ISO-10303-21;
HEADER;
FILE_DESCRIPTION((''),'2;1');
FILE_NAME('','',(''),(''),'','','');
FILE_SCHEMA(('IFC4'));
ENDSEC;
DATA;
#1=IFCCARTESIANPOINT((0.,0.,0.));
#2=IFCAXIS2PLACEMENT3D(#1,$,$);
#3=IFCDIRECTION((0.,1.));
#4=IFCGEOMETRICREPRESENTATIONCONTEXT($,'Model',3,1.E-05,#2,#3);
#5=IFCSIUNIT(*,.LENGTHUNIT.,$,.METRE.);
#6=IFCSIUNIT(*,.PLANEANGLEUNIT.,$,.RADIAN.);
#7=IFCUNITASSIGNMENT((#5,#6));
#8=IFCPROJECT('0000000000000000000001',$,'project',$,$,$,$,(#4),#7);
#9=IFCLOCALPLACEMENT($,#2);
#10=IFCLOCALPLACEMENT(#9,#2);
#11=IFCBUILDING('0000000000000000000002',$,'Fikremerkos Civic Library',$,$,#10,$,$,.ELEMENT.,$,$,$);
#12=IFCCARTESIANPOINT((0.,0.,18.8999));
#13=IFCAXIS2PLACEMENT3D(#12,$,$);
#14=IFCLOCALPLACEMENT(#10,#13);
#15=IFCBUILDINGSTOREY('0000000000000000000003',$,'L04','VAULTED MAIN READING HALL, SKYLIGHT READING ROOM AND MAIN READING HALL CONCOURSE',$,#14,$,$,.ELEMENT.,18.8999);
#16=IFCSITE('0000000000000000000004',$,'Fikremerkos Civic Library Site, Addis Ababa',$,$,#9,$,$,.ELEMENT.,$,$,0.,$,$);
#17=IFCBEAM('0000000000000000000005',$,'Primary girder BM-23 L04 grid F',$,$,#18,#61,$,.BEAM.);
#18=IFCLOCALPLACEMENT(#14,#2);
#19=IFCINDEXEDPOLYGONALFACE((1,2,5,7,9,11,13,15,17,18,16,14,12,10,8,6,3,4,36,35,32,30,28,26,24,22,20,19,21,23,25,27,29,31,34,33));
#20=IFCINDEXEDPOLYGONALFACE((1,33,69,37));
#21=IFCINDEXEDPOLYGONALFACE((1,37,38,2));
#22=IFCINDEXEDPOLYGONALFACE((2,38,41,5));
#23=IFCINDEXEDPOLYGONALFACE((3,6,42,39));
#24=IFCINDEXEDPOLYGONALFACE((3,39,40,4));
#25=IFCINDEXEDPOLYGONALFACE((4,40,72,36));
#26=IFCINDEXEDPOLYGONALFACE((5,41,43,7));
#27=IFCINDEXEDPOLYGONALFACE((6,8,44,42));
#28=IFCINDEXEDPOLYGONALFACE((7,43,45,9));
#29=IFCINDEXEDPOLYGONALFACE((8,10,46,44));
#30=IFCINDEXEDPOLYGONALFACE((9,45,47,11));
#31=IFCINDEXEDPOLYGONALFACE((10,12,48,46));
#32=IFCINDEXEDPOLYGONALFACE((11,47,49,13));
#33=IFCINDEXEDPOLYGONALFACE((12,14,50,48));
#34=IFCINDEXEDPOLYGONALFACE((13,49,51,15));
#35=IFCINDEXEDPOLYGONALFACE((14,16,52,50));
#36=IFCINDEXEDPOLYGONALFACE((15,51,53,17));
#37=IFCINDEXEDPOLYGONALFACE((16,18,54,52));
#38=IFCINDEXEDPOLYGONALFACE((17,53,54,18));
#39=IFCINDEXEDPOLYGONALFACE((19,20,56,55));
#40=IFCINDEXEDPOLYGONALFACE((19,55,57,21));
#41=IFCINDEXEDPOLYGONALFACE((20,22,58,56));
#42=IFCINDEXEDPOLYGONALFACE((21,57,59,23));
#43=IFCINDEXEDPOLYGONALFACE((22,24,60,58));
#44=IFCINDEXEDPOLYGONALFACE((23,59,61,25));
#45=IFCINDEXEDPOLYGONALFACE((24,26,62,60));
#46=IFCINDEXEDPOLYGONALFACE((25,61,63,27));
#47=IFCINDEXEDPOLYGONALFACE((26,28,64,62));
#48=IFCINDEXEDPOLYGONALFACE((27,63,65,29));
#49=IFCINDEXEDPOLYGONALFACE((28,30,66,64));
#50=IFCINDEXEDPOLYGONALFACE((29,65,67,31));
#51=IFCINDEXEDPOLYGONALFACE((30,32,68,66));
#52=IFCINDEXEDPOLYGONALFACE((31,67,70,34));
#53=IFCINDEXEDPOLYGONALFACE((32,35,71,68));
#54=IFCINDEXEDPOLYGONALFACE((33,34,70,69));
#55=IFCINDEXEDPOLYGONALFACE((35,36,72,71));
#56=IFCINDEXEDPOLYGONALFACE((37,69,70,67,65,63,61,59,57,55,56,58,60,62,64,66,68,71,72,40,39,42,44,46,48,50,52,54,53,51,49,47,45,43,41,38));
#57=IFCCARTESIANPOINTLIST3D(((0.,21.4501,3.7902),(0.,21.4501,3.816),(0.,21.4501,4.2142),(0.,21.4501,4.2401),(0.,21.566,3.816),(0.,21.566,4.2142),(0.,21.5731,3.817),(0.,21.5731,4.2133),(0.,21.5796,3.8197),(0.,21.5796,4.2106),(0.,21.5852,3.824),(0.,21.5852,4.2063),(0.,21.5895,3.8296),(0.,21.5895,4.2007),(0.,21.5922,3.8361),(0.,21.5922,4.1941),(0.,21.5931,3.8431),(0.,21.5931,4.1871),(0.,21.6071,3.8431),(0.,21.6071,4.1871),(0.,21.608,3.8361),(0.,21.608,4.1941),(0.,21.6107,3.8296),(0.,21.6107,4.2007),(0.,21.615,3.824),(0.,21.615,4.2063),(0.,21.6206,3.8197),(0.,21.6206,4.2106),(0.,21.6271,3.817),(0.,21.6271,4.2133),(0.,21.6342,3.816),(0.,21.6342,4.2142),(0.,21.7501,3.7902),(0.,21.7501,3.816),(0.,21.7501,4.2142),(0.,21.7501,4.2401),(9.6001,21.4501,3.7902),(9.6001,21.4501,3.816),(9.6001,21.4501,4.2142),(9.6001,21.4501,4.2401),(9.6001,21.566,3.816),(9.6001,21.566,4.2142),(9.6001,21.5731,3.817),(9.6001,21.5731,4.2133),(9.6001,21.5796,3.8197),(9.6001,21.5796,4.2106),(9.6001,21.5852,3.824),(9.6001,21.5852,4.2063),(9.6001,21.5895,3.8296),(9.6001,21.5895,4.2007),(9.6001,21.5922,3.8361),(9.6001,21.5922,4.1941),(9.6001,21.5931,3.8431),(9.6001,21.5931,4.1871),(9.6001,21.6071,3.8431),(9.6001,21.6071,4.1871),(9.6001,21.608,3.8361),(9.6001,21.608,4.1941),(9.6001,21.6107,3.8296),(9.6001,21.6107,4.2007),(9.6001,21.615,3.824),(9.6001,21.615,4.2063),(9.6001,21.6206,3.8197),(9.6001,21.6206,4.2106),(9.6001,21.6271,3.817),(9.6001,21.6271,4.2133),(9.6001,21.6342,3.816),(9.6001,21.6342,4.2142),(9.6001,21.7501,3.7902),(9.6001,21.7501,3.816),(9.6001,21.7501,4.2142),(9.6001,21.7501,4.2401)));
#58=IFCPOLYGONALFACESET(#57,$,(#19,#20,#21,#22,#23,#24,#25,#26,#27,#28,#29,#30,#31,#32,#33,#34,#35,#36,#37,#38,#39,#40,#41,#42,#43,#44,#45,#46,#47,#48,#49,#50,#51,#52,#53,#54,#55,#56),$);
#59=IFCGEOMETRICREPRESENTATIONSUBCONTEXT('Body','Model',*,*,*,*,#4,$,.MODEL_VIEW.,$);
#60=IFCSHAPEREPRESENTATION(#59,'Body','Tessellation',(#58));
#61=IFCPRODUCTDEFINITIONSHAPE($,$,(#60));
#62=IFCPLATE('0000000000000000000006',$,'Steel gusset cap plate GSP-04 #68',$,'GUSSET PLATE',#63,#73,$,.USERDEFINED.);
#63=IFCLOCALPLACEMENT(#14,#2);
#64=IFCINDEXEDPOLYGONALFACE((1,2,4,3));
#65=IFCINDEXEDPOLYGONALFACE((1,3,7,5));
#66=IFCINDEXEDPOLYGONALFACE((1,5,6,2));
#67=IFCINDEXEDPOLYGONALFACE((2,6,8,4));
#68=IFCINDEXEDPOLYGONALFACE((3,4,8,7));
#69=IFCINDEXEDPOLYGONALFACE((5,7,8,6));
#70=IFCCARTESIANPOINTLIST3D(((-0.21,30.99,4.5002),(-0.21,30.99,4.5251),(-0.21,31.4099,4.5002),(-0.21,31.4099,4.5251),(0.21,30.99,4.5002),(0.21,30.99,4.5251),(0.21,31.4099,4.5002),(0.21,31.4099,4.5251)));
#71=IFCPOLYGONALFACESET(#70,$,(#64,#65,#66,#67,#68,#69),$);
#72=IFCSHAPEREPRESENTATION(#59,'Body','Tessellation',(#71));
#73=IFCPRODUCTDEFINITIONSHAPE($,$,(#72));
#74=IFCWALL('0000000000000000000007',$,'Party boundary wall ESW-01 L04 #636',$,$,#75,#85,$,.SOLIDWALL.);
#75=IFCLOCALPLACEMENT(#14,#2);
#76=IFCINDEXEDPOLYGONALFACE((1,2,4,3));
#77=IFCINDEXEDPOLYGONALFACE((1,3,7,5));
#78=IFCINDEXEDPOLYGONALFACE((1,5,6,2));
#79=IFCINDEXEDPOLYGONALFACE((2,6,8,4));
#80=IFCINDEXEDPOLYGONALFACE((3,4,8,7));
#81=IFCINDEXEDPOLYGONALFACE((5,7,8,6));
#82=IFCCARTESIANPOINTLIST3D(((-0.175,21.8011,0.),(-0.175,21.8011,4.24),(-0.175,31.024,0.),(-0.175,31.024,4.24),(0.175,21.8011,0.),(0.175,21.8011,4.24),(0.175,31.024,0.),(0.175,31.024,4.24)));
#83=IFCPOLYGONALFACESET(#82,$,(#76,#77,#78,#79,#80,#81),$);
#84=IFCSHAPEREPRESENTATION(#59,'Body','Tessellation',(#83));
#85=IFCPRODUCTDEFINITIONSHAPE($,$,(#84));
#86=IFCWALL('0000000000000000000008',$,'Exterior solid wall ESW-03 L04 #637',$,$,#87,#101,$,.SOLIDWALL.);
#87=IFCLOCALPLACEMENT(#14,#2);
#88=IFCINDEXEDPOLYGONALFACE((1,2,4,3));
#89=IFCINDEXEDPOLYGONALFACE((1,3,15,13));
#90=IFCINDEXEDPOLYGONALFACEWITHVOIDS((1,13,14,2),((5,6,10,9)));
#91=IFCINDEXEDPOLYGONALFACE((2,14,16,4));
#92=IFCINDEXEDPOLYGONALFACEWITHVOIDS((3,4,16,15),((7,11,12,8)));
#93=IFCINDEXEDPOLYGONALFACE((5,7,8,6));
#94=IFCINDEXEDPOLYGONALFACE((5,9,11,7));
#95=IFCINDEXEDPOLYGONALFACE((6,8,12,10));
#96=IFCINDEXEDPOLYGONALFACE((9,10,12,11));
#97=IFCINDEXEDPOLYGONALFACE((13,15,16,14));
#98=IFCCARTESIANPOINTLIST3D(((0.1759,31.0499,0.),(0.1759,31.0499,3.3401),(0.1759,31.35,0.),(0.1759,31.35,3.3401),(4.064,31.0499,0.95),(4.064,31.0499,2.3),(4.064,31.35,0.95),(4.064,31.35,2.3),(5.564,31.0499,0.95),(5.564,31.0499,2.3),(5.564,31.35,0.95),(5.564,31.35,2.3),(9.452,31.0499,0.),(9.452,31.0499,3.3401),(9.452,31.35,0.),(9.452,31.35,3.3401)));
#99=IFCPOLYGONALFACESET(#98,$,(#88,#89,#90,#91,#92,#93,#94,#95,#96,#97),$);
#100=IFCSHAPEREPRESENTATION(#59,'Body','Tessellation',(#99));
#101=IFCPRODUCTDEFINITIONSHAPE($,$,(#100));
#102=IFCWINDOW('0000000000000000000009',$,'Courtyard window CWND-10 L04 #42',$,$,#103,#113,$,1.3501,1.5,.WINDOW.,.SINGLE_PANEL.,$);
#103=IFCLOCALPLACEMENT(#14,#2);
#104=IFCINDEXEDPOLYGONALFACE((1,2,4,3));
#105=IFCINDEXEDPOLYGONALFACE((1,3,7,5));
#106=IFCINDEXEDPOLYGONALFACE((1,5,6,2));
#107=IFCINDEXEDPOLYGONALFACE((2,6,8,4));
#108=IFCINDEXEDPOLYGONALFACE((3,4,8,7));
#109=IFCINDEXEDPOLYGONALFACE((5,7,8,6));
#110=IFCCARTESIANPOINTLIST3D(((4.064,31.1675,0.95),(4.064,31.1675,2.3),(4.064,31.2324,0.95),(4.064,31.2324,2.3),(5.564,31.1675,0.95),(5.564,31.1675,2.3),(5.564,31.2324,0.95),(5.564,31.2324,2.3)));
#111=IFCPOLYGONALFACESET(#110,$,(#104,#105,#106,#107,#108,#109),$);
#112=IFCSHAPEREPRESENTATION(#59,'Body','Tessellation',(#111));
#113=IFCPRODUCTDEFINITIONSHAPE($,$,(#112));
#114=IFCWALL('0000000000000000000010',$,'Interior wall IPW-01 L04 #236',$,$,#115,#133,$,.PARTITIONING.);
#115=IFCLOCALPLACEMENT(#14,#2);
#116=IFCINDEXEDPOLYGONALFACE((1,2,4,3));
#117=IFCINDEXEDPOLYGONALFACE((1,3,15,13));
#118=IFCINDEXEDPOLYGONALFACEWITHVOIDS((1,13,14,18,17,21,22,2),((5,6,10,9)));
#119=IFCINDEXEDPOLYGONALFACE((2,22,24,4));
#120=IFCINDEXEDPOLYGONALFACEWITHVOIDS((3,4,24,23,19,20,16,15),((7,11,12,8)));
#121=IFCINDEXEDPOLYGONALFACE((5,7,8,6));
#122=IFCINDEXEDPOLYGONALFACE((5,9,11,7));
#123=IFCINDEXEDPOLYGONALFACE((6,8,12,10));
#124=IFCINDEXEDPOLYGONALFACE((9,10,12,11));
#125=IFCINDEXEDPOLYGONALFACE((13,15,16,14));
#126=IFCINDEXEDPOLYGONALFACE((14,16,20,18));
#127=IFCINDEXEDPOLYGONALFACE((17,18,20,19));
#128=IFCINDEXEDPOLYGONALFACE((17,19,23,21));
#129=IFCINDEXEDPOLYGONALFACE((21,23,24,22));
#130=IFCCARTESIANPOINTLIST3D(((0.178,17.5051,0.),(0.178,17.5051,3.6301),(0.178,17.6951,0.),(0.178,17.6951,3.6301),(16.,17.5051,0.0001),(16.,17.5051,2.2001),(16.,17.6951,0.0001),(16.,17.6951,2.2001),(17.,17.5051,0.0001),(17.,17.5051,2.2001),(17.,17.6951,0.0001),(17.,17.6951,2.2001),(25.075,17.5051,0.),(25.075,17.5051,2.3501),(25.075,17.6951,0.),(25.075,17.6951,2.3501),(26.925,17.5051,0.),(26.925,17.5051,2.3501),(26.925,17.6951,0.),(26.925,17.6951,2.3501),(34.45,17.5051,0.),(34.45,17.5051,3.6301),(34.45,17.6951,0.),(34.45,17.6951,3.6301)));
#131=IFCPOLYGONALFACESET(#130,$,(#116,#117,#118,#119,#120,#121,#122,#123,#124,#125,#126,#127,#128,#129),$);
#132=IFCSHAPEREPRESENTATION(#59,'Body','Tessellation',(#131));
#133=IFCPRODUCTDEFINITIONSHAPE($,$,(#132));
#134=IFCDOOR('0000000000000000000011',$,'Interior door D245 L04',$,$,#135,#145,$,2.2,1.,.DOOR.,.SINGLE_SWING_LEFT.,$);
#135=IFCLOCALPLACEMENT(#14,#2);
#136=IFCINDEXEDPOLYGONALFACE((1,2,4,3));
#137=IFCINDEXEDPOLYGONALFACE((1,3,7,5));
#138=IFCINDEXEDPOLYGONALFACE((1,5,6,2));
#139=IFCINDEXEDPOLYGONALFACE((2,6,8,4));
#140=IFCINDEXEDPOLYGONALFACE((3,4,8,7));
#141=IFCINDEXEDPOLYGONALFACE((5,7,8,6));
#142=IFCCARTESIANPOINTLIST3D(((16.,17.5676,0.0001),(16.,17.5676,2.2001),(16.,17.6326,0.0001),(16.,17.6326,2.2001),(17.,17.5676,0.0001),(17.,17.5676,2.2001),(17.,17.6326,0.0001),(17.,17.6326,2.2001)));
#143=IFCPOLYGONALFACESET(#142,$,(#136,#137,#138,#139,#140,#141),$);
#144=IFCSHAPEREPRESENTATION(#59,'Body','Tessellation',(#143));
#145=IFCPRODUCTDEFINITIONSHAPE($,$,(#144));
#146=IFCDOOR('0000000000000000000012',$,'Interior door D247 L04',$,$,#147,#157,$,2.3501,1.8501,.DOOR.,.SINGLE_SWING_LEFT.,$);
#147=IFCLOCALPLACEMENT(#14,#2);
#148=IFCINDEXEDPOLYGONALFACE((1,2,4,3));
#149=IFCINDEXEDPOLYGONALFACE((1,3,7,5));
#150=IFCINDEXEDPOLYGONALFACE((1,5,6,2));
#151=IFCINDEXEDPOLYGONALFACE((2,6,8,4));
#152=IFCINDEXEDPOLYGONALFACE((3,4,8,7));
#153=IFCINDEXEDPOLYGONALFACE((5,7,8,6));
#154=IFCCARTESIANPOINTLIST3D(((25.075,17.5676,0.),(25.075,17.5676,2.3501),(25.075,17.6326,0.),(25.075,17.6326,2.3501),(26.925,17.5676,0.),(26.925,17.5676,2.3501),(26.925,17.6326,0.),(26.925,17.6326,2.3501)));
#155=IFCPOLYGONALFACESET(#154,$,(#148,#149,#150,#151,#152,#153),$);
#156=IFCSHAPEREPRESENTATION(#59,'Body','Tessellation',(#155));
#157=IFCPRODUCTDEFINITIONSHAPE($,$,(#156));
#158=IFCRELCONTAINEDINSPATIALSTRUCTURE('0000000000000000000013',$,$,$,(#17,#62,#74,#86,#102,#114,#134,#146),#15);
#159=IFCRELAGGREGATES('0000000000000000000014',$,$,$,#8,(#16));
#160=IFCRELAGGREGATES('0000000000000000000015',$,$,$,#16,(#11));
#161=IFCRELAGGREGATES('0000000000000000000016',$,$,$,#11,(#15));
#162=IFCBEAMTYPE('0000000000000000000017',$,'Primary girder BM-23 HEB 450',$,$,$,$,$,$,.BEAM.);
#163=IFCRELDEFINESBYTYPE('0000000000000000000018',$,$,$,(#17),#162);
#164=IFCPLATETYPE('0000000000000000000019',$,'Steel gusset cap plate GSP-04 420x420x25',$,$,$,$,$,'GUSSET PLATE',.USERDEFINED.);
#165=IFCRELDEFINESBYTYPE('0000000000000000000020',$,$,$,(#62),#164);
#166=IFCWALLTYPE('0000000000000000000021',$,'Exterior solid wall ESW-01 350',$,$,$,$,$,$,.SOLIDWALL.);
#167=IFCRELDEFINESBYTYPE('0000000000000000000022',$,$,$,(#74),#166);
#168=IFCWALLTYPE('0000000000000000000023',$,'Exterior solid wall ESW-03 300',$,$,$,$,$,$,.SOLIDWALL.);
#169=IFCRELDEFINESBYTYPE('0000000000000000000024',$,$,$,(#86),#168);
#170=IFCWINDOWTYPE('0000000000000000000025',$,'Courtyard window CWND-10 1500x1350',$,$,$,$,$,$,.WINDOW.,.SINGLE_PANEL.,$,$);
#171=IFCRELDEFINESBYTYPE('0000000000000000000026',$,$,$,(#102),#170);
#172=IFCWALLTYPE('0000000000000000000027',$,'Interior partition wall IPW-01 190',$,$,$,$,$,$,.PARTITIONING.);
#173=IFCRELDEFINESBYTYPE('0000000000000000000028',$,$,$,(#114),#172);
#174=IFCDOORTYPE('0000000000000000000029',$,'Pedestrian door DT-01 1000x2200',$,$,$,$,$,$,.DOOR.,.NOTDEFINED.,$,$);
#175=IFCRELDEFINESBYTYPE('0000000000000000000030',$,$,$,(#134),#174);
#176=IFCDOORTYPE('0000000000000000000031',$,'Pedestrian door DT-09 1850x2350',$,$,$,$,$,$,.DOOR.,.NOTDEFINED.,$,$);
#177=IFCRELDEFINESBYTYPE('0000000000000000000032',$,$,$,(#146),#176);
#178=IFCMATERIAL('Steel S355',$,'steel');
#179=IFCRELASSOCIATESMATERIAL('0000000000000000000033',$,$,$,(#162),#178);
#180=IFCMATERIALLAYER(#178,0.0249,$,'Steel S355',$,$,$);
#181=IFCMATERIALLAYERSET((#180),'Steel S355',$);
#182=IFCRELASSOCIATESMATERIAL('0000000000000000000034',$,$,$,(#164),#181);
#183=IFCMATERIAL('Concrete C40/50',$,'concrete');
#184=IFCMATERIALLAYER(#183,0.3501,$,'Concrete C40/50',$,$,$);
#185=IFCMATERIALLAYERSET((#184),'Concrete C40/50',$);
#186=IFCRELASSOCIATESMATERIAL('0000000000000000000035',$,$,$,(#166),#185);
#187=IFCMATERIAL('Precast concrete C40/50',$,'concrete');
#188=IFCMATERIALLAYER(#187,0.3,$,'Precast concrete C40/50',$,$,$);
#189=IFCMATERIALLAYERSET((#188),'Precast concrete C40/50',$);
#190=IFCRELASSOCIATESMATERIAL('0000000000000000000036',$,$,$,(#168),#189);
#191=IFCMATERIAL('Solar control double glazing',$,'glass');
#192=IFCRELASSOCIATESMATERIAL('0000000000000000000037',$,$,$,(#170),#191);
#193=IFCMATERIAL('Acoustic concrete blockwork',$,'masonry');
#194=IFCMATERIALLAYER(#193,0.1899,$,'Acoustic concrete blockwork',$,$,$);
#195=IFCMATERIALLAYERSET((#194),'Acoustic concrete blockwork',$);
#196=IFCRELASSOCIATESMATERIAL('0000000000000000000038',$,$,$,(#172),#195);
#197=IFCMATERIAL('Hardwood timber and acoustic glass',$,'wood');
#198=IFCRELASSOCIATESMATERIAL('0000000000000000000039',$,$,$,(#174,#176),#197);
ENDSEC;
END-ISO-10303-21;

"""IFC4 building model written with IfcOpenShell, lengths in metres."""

from ifc_helpers import new_model, si_unit, direction, frame, frame_2d, origin, origin_2d, place, context, subcontext, project, spatial, rectangle, i_section, extrude, material, layer, layer_set, material_profile, profile_set, type_object, element, fill, save


model = new_model("IFC4")

# Units and contexts
model_context = context("Model", 3, precision=1e-05, world=origin(), true_north=direction((0.0, 1.0)))
body_context = subcontext(model_context, "Body", "Model", "MODEL_VIEW")
ifc_project = project(units=[si_unit("LENGTHUNIT", "METRE"), si_unit("PLANEANGLEUNIT", "RADIAN")], contexts=[model_context])

# Site, building, storey
site_placement = place(None, origin())
site = spatial("IfcSite", under=ifc_project, at=site_placement, Name="Fikremerkos Civic Library Site, Addis Ababa", CompositionType="ELEMENT", RefElevation=0.0)
building_placement = place(site_placement, origin())
building = spatial("IfcBuilding", under=site, at=building_placement, Name="Fikremerkos Civic Library", CompositionType="ELEMENT")
storey_placement = place(building_placement, frame((0.0, 0.0, 18.8999)))
storey = spatial("IfcBuildingStorey", under=building, at=storey_placement, Name="L04", Description="VAULTED MAIN READING HALL, SKYLIGHT READING ROOM AND MAIN READING HALL CONCOURSE", CompositionType="ELEMENT", Elevation=18.8999)

# Shared definitions
ifc_material_1 = material(Name="Steel S355", Category="steel")
ifc_material_2 = material(Name="Concrete C40/50", Category="concrete")

# Beam
ifc_material_profile_1 = material_profile(ifc_material_1, i_section(OverallWidth=0.3, OverallDepth=0.45, WebThickness=0.0139, FlangeThickness=0.0259, FilletRadius=0.0271, at=origin_2d()), Name="HEB 450")
ifc_profile_set_1 = profile_set([ifc_material_profile_1], Name="Steel S355")
beam_type_1 = type_object("IfcBeamType", Name="Primary girder BM-23 HEB 450", PredefinedType="BEAM", material=ifc_profile_set_1)
beam_1_placement = place(storey_placement, frame((0.0, 21.6001, 4.0151), z_axis=(1.0, 0.0, 0.0), x_axis=(0.0, 1.0, 0.0)))
element("IfcBeam", 1, at=beam_1_placement, inside=storey, type_object=beam_type_1, Name="Primary girder BM-23 L04 grid F", PredefinedType="BEAM", context=body_context, shape_type="SweptSolid", body=[
    extrude(i_section(OverallWidth=0.3, OverallDepth=0.45, WebThickness=0.0139, FlangeThickness=0.0259, FilletRadius=0.0271, at=origin_2d()), origin(), (0.0, 0.0, 1.0), 9.6001),
])

# Plate
ifc_layer_1 = layer(ifc_material_1, 0.0249, Name="Steel S355")
ifc_layer_set_1 = layer_set([ifc_layer_1], Name="Steel S355")
plate_type = type_object("IfcPlateType", Name="Steel gusset cap plate GSP-04 420x420x25", ElementType="GUSSET PLATE", PredefinedType="USERDEFINED", material=ifc_layer_set_1)
plate_placement = place(storey_placement, frame((0.0, 31.2, 4.5002), z_axis=(0.0, 0.0, 1.0), x_axis=(1.0, 0.0, 0.0)))
element("IfcPlate", 2, at=plate_placement, inside=storey, type_object=plate_type, Name="Steel gusset cap plate GSP-04 #68", ObjectType="GUSSET PLATE", PredefinedType="USERDEFINED", context=body_context, shape_type="SweptSolid", body=[
    extrude(rectangle(XDim=0.4199, YDim=0.4199, at=origin_2d()), origin(), (0.0, 0.0, 1.0), 0.0249),
])

# Wall
ifc_layer_2 = layer(ifc_material_2, 0.3501, Name="Concrete C40/50")
ifc_layer_set_2 = layer_set([ifc_layer_2], Name="Concrete C40/50")
wall_type_1 = type_object("IfcWallType", Name="Exterior solid wall ESW-01 350", PredefinedType="SOLIDWALL", material=ifc_layer_set_2)
wall_1_placement = place(storey_placement, frame((0.0, 21.8013, 0.0), z_axis=(0.0, 0.0, 1.0), x_axis=(0.0, 1.0, 0.0)))
element("IfcWall", 3, at=wall_1_placement, inside=storey, type_object=wall_type_1, Name="Party boundary wall ESW-01 L04 #636", PredefinedType="SOLIDWALL", context=body_context, shape_type="SweptSolid", body=[
    extrude(rectangle(XDim=9.2229, YDim=0.3501, at=frame_2d((4.6113, 0.0))), origin(), (0.0, 0.0, 1.0), 4.24),
])

# Wall, opening, window
ifc_material_3 = material(Name="Precast concrete C40/50", Category="concrete")
ifc_layer_3 = layer(ifc_material_3, 0.3, Name="Precast concrete C40/50")
ifc_layer_set_3 = layer_set([ifc_layer_3], Name="Precast concrete C40/50")
wall_type_2 = type_object("IfcWallType", Name="Exterior solid wall ESW-03 300", PredefinedType="SOLIDWALL", material=ifc_layer_set_3)
wall_2_placement = place(storey_placement, frame((0.1758, 31.2, 0.0), z_axis=(0.0, 0.0, 1.0), x_axis=(1.0, 0.0, 0.0)))
wall_2 = element("IfcWall", 4, at=wall_2_placement, inside=storey, type_object=wall_type_2, Name="Exterior solid wall ESW-03 L04 #637", PredefinedType="SOLIDWALL", context=body_context, shape_type="SweptSolid", body=[
    extrude(rectangle(XDim=9.2761, YDim=0.3, at=frame_2d((4.6382, 0.0))), origin(), (0.0, 0.0, 1.0), 3.3401),
])
opening_1_placement = place(wall_2_placement, frame((3.8882, 0.0, 0.95)))
opening_1 = element("IfcOpeningElement", 5, at=opening_1_placement, cuts=wall_2, PredefinedType="OPENING", context=body_context, shape_type="SweptSolid", body=[
    extrude(rectangle(XDim=1.5, YDim=1.3501, at=frame_2d((0.75, 0.675))), frame((0.0, 0.1599, 0.0), z_axis=(0.0, -1.0, 0.0), x_axis=(1.0, 0.0, 0.0)), (0.0, 0.0, 1.0), 0.3201),
])
ifc_material_4 = material(Name="Solar control double glazing", Category="glass")
window_type = type_object("IfcWindowType", Name="Courtyard window CWND-10 1500x1350", PartitioningType="SINGLE_PANEL", PredefinedType="WINDOW", material=ifc_material_4)
window_placement = place(opening_1_placement, origin())
window = element("IfcWindow", 6, at=window_placement, inside=storey, type_object=window_type, Name="Courtyard window CWND-10 L04 #42", OverallHeight=1.3501, OverallWidth=1.5, PartitioningType="SINGLE_PANEL", PredefinedType="WINDOW", context=body_context, shape_type="SweptSolid", body=[
    extrude(rectangle(XDim=1.5, YDim=1.3501, at=frame_2d((0.75, 0.675))), frame((0.0, 0.0325, 0.0), z_axis=(0.0, -1.0, 0.0), x_axis=(1.0, 0.0, 0.0)), (0.0, 0.0, 1.0), 0.0649),
])
fill(opening_1, window)

# Wall, openings, doors
ifc_material_5 = material(Name="Acoustic concrete blockwork", Category="masonry")
ifc_layer_4 = layer(ifc_material_5, 0.1899, Name="Acoustic concrete blockwork")
ifc_layer_set_4 = layer_set([ifc_layer_4], Name="Acoustic concrete blockwork")
wall_type_3 = type_object("IfcWallType", Name="Interior partition wall IPW-01 190", PredefinedType="PARTITIONING", material=ifc_layer_set_4)
wall_3_placement = place(storey_placement, frame((0.178, 17.6001, 0.0), z_axis=(0.0, 0.0, 1.0), x_axis=(1.0, 0.0, 0.0)))
wall_3 = element("IfcWall", 7, at=wall_3_placement, inside=storey, type_object=wall_type_3, Name="Interior wall IPW-01 L04 #236", PredefinedType="PARTITIONING", context=body_context, shape_type="SweptSolid", body=[
    extrude(rectangle(XDim=34.272, YDim=0.1899, at=frame_2d((17.136, 0.0))), origin(), (0.0, 0.0, 1.0), 3.6301),
])
opening_2_placement = place(wall_3_placement, frame((15.822, 0.0, 0.0)))
opening_2 = element("IfcOpeningElement", 8, at=opening_2_placement, cuts=wall_3, PredefinedType="OPENING", context=body_context, shape_type="SweptSolid", body=[
    extrude(rectangle(XDim=1.0, YDim=2.2, at=frame_2d((0.5, 1.1001))), frame((0.0, 0.105, 0.0), z_axis=(0.0, -1.0, 0.0), x_axis=(1.0, 0.0, 0.0)), (0.0, 0.0, 1.0), 0.21),
])
opening_3_placement = place(wall_3_placement, frame((24.897, 0.0, 0.0)))
opening_3 = element("IfcOpeningElement", 9, at=opening_3_placement, cuts=wall_3, PredefinedType="OPENING", context=body_context, shape_type="SweptSolid", body=[
    extrude(rectangle(XDim=1.8501, YDim=2.3501, at=frame_2d((0.925, 1.175))), frame((0.0, 0.105, 0.0), z_axis=(0.0, -1.0, 0.0), x_axis=(1.0, 0.0, 0.0)), (0.0, 0.0, 1.0), 0.21),
])
ifc_material_6 = material(Name="Hardwood timber and acoustic glass", Category="wood")
door_type_1 = type_object("IfcDoorType", Name="Pedestrian door DT-01 1000x2200", OperationType="NOTDEFINED", PredefinedType="DOOR", material=ifc_material_6)
door_1_placement = place(opening_2_placement, origin())
door_1 = element("IfcDoor", 10, at=door_1_placement, inside=storey, type_object=door_type_1, Name="Interior door D245 L04", OperationType="SINGLE_SWING_LEFT", OverallHeight=2.2, OverallWidth=1.0, PredefinedType="DOOR", context=body_context, shape_type="SweptSolid", body=[
    extrude(rectangle(XDim=1.0, YDim=2.2, at=frame_2d((0.5, 1.1001))), frame((0.0, 0.0325, 0.0), z_axis=(0.0, -1.0, 0.0), x_axis=(1.0, 0.0, 0.0)), (0.0, 0.0, 1.0), 0.0649),
])
fill(opening_2, door_1)
door_type_2 = type_object("IfcDoorType", Name="Pedestrian door DT-09 1850x2350", OperationType="NOTDEFINED", PredefinedType="DOOR", material=ifc_material_6)
door_2_placement = place(opening_3_placement, origin())
door_2 = element("IfcDoor", 11, at=door_2_placement, inside=storey, type_object=door_type_2, Name="Interior door D247 L04", OperationType="SINGLE_SWING_LEFT", OverallHeight=2.3501, OverallWidth=1.8501, PredefinedType="DOOR", context=body_context, shape_type="SweptSolid", body=[
    extrude(rectangle(XDim=1.8501, YDim=2.3501, at=frame_2d((0.925, 1.175))), frame((0.0, 0.0325, 0.0), z_axis=(0.0, -1.0, 0.0), x_axis=(1.0, 0.0, 0.0)), (0.0, 0.0, 1.0), 0.0649),
])
fill(opening_3, door_2)

save(model, "model.ifc")
